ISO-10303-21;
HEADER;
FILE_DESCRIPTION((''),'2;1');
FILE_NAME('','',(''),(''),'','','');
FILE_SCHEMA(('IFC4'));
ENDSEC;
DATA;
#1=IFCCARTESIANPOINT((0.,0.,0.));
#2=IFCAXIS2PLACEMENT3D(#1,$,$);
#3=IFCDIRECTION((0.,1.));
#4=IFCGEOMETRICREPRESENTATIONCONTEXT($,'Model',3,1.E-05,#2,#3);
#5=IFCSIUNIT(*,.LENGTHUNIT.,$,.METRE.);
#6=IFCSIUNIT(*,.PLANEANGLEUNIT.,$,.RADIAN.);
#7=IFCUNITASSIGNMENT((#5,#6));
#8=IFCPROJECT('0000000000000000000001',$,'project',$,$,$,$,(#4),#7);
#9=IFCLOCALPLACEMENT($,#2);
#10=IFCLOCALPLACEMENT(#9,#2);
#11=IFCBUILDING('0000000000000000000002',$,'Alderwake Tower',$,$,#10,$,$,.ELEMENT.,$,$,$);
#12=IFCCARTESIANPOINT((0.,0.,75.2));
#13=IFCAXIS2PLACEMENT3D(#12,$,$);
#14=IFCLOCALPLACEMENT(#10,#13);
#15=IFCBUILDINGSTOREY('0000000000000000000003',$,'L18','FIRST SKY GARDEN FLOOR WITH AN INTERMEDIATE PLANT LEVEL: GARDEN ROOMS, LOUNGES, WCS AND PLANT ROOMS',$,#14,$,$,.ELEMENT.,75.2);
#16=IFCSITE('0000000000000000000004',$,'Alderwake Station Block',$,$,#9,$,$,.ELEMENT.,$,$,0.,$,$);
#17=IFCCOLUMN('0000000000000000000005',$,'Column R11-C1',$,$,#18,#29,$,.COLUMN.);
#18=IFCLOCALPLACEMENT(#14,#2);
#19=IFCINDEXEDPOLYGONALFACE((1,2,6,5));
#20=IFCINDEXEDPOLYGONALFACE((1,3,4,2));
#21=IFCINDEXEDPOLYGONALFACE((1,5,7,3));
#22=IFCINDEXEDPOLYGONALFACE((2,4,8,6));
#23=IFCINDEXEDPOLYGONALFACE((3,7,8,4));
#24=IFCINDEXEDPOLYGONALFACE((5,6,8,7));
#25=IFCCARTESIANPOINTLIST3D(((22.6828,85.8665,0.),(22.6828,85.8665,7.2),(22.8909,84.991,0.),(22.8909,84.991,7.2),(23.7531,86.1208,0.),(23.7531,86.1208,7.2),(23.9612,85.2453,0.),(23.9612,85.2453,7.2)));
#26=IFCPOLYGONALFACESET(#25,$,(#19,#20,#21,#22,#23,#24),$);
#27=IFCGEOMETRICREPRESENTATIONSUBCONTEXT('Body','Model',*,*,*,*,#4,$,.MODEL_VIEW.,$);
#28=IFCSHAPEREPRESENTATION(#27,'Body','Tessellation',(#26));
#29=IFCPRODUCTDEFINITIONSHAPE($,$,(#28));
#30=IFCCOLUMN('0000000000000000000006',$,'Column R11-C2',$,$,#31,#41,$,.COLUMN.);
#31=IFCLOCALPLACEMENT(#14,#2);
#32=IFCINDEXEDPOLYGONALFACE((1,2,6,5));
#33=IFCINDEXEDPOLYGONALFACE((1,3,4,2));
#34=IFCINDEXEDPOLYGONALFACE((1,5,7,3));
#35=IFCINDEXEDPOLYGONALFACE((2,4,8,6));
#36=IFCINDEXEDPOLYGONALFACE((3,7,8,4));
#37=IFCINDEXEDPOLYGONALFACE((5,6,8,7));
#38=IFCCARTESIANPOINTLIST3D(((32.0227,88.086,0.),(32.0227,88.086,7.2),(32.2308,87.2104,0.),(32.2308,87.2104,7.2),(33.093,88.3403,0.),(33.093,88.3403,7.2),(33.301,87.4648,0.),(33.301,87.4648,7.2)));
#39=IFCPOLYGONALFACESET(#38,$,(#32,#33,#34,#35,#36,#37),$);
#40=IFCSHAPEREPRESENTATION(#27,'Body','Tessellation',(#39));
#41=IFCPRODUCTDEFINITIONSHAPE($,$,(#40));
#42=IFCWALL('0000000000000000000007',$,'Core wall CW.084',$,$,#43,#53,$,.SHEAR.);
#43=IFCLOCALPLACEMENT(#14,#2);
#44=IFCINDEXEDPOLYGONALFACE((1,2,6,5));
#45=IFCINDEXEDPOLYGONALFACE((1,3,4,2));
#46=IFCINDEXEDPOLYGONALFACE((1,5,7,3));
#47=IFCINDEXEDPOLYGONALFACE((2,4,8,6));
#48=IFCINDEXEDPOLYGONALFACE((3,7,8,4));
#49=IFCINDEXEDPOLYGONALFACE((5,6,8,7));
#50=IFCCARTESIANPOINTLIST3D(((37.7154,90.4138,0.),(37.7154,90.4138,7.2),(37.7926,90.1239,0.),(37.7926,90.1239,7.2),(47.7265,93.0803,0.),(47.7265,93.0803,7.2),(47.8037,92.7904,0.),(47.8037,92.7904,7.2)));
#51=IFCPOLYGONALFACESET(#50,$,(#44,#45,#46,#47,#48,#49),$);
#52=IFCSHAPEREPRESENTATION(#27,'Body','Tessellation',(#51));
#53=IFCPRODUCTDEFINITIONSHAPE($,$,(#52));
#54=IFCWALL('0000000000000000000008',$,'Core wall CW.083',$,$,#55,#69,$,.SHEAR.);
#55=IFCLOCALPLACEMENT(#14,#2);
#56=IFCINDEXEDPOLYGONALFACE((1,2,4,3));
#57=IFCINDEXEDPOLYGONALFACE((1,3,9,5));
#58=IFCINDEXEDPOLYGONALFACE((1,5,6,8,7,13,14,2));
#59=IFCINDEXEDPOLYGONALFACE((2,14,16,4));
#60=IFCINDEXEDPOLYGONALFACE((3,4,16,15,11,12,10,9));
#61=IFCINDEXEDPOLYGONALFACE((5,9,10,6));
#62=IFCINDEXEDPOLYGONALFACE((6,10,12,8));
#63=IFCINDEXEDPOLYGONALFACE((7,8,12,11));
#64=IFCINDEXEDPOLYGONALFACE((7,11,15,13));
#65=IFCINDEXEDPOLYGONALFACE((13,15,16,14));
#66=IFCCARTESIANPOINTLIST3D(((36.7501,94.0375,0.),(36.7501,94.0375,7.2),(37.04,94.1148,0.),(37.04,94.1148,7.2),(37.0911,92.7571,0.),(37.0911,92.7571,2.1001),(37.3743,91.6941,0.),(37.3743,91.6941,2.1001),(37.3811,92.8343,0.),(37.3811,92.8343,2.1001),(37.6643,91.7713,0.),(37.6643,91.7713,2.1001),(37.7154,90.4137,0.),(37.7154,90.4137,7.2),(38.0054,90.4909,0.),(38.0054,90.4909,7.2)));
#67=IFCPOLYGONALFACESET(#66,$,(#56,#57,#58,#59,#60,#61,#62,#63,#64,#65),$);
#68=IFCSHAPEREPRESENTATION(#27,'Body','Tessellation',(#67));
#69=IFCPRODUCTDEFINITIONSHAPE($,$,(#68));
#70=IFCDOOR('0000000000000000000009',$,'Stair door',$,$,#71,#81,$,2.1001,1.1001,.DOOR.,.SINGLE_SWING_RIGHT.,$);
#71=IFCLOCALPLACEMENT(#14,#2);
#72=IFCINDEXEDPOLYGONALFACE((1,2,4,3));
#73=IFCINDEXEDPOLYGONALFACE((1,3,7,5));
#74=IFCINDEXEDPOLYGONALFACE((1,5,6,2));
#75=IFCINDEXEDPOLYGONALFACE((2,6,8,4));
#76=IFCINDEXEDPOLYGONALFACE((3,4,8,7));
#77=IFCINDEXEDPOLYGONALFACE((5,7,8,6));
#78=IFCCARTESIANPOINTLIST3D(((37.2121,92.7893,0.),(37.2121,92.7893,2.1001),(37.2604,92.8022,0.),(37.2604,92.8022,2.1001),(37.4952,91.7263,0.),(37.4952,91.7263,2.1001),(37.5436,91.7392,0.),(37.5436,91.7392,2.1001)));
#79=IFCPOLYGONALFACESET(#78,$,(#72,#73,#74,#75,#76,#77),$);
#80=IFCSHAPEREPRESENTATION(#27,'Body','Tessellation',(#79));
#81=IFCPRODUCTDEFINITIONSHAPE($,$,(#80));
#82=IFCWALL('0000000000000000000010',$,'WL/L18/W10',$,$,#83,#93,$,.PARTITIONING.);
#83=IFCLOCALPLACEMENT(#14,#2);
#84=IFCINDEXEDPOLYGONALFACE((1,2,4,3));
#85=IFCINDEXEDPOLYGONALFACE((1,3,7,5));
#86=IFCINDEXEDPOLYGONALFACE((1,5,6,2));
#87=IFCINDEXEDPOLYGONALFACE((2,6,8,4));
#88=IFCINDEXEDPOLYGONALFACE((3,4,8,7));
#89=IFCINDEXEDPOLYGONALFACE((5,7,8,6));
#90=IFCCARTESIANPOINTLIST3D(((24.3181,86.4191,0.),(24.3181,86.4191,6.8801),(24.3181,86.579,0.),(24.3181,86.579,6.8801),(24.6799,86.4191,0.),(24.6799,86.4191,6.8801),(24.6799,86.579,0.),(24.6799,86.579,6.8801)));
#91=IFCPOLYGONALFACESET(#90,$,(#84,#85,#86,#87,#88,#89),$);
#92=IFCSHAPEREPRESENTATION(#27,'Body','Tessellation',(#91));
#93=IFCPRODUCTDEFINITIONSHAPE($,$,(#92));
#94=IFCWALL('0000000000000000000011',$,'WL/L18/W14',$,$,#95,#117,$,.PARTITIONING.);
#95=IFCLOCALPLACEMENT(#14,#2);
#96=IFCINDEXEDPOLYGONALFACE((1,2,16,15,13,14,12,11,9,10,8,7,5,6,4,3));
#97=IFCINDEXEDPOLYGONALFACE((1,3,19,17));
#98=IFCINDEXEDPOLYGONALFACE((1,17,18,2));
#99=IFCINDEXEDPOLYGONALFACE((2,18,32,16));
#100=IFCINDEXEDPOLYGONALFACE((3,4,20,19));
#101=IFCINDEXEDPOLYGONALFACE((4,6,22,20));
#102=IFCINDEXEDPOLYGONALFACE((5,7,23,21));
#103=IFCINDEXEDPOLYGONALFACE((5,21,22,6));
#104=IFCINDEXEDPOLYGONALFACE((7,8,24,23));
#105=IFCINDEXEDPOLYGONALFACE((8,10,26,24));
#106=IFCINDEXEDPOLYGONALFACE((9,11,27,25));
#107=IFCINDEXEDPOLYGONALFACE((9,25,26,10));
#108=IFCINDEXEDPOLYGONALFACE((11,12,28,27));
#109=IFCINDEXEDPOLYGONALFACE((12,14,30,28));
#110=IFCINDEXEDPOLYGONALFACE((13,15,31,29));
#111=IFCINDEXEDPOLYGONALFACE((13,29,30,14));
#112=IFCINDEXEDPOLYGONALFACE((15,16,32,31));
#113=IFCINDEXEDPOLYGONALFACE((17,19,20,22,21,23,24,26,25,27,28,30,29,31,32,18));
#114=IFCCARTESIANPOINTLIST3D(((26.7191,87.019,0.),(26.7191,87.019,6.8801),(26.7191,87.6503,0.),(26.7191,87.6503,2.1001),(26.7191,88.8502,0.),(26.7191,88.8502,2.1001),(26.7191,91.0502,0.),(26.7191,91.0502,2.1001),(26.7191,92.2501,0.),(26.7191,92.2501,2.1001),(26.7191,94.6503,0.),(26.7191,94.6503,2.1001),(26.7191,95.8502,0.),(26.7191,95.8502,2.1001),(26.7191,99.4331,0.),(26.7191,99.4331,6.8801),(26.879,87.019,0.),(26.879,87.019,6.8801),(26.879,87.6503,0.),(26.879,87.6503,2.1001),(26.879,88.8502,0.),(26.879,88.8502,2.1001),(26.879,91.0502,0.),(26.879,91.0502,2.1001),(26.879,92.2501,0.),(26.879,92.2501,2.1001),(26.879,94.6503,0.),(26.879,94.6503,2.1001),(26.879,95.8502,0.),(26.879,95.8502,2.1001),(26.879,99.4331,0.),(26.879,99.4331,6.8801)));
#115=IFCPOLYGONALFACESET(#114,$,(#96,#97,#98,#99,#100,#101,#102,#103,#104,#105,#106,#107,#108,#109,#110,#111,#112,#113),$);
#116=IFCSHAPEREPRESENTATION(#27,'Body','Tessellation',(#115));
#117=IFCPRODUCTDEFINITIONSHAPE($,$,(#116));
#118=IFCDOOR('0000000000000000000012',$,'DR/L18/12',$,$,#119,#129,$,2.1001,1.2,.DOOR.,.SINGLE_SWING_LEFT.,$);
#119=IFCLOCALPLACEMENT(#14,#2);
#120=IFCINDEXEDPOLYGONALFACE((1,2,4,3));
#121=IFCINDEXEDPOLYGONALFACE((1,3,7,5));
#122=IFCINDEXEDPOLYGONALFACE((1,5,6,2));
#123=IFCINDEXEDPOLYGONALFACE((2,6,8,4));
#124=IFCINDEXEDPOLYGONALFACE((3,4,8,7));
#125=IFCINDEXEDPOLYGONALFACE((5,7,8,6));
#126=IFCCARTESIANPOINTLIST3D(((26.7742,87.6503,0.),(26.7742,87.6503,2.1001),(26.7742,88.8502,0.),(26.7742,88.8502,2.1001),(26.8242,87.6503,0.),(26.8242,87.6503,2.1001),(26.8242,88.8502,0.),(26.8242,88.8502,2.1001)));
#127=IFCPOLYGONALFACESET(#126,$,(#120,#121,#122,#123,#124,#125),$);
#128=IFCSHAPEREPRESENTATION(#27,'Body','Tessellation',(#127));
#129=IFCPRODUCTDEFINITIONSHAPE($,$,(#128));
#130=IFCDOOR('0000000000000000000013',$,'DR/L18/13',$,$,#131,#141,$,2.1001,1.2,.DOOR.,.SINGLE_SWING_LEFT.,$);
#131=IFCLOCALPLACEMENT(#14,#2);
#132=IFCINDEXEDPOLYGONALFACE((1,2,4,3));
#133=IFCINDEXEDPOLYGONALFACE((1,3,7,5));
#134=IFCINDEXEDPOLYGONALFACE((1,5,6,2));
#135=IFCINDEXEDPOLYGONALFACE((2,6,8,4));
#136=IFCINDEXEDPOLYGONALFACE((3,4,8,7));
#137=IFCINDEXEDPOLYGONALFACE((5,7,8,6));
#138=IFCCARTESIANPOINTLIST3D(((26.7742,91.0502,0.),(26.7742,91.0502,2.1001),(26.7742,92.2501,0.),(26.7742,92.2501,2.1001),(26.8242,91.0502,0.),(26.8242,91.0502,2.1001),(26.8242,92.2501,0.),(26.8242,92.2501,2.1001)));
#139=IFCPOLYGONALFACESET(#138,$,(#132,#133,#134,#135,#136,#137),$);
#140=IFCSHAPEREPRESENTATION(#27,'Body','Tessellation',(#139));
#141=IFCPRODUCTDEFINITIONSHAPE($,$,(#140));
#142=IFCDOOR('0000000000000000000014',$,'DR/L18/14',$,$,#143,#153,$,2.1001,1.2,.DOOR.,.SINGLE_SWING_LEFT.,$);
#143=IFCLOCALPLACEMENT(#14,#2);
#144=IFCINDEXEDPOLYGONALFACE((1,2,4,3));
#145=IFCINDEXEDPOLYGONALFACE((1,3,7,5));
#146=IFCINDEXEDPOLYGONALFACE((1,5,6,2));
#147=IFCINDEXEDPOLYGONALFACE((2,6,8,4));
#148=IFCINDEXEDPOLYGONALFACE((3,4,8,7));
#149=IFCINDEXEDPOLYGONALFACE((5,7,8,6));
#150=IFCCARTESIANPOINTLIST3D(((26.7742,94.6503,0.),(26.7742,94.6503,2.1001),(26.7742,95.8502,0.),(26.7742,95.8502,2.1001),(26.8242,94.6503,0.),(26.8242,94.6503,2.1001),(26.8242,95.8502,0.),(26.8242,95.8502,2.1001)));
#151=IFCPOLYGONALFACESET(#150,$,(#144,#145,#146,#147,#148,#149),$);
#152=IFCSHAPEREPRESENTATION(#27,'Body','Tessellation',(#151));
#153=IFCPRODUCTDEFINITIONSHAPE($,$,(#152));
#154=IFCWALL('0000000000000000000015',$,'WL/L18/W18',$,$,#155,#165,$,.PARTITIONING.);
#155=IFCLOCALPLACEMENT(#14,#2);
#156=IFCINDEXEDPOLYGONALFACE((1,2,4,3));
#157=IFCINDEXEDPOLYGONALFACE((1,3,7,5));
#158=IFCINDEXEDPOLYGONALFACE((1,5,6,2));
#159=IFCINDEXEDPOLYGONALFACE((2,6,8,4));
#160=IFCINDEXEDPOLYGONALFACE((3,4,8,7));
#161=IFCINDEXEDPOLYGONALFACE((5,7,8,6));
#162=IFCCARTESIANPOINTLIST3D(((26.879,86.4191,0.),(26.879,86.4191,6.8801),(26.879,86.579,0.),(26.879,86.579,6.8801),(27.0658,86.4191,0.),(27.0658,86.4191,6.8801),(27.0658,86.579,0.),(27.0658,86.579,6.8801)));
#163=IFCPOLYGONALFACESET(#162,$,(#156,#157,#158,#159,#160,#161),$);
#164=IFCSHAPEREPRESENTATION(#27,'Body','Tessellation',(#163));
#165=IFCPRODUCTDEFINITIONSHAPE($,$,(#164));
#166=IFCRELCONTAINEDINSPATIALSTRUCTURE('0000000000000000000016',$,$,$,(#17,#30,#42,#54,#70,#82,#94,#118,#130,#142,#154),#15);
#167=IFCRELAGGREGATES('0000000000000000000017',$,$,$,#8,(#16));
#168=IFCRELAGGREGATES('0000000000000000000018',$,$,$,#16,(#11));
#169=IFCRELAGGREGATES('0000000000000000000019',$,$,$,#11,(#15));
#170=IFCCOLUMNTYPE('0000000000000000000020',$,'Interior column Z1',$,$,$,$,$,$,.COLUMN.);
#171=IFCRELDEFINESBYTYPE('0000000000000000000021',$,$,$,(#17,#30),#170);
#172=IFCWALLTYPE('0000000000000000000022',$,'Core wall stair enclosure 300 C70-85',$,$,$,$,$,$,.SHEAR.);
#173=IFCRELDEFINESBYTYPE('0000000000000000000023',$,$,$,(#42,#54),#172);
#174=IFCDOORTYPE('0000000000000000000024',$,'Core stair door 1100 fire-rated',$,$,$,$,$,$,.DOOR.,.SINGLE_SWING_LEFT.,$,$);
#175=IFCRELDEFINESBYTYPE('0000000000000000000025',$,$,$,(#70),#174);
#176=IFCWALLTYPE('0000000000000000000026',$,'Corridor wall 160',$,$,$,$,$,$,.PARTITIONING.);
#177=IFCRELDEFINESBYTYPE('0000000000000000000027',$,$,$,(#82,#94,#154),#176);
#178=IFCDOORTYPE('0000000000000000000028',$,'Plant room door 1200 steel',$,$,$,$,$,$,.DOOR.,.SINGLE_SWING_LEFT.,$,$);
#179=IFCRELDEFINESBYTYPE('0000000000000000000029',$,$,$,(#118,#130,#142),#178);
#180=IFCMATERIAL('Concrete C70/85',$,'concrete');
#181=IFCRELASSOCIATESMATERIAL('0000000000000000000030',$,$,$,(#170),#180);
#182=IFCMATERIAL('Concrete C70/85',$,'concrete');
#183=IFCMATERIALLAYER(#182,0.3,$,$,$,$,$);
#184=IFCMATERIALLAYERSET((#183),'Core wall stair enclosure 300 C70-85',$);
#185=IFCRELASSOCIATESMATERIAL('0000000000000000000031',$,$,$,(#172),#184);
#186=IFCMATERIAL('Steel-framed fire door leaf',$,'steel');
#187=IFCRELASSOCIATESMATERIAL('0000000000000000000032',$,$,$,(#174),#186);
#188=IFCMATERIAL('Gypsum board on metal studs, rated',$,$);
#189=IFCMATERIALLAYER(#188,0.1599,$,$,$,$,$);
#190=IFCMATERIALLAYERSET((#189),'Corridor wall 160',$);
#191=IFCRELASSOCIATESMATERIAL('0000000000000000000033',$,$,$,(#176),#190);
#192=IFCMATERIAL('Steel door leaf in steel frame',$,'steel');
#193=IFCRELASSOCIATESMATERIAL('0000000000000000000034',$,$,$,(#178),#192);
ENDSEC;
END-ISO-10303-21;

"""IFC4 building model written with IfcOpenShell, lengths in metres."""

from ifc_helpers import new_model, si_unit, direction, frame, frame_2d, origin, origin_2d, place, context, subcontext, project, spatial, rectangle, extrude, material, layer, layer_set, material_profile, profile_set, type_object, element, fill, save


model = new_model("IFC4")

# Units and contexts
model_context = context("Model", 3, precision=1e-05, world=origin(), true_north=direction((0.0, 1.0)))
body_context = subcontext(model_context, "Body", "Model", "MODEL_VIEW")
ifc_project = project(units=[si_unit("LENGTHUNIT", "METRE"), si_unit("PLANEANGLEUNIT", "RADIAN")], contexts=[model_context])

# Site, building, storey
site_placement = place(None, origin())
site = spatial("IfcSite", under=ifc_project, at=site_placement, Name="Alderwake Station Block", CompositionType="ELEMENT", RefElevation=0.0)
building_placement = place(site_placement, origin())
building = spatial("IfcBuilding", under=site, at=building_placement, Name="Alderwake Tower", CompositionType="ELEMENT")
storey_placement = place(building_placement, frame((0.0, 0.0, 75.2)))
storey = spatial("IfcBuildingStorey", under=building, at=storey_placement, Name="L18", Description="FIRST SKY GARDEN FLOOR WITH AN INTERMEDIATE PLANT LEVEL: GARDEN ROOMS, LOUNGES, WCS AND PLANT ROOMS", CompositionType="ELEMENT", Elevation=75.2)

# Columns
ifc_material_1 = material(Name="Concrete C70/85", Category="concrete")
ifc_material_profile = material_profile(ifc_material_1, rectangle(XDim=0.8999, YDim=1.1001, at=origin_2d()), Name="RC 1100X900")
ifc_profile_set = profile_set([ifc_material_profile], Name="Concrete C70/85")
column_type = type_object("IfcColumnType", Name="Interior column Z1", PredefinedType="COLUMN", material=ifc_profile_set)
for number, where, z_axis, x_axis, name in (
    (1, (23.322, 85.5559, 0.0), (0.0, 0.0, 1.0), (-0.231222, 0.972901, 0.0), "Column R11-C1"),
    (2, (32.6619, 87.7754, 0.0), (0.0, 0.0, 1.0), (-0.231222, 0.972901, 0.0), "Column R11-C2"),
):
    element("IfcColumn", number, at=place(storey_placement, frame(where, z_axis=z_axis, x_axis=x_axis)), inside=storey, type_object=column_type, Name=name, PredefinedType="COLUMN", context=body_context, shape_type="SweptSolid", body=[
        extrude(rectangle(XDim=0.8999, YDim=1.1001, at=origin_2d()), origin(), (0.0, 0.0, 1.0), 7.2),
    ])

# Wall
ifc_material_2 = material(Name="Concrete C70/85", Category="concrete")
ifc_layer_1 = layer(ifc_material_2, 0.3)
ifc_layer_set_1 = layer_set([ifc_layer_1], Name="Core wall stair enclosure 300 C70-85")
wall_type_1 = type_object("IfcWallType", Name="Core wall stair enclosure 300 C70-85", PredefinedType="SHEAR", material=ifc_layer_set_1)
wall_1_placement = place(storey_placement, frame((37.7539, 90.2688, 0.0), z_axis=(0.0, 0.0, 1.0), x_axis=(0.966309, 0.257384, 0.0)))
element("IfcWall", 3, at=wall_1_placement, inside=storey, type_object=wall_type_1, Name="Core wall CW.084", PredefinedType="SHEAR", context=body_context, shape_type="SweptSolid", body=[
    extrude(rectangle(XDim=10.3601, YDim=0.3, at=frame_2d((5.1802, 0.0))), origin(), (0.0, 0.0, 1.0), 7.2),
])

# Wall, opening, door
wall_2_placement = place(storey_placement, frame((37.8604, 90.4524, 0.0), z_axis=(0.0, 0.0, 1.0), x_axis=(-0.257411, 0.966302, 0.0)))
wall_2 = element("IfcWall", 4, at=wall_2_placement, inside=storey, type_object=wall_type_1, Name="Core wall CW.083", PredefinedType="SHEAR", context=body_context, shape_type="SweptSolid", body=[
    extrude(rectangle(XDim=3.7502, YDim=0.3, at=frame_2d((1.875, 0.0))), origin(), (0.0, 0.0, 1.0), 7.2),
])
opening_1_placement = place(wall_2_placement, frame((1.325, 0.0, 0.0)))
opening_1 = element("IfcOpeningElement", 5, at=opening_1_placement, cuts=wall_2, PredefinedType="OPENING", context=body_context, shape_type="SweptSolid", body=[
    extrude(rectangle(XDim=1.1001, YDim=2.1001, at=frame_2d((0.55, 1.05))), frame((0.0, 0.1599, 0.0), z_axis=(0.0, -1.0, 0.0), x_axis=(1.0, 0.0, 0.0)), (0.0, 0.0, 1.0), 0.3201),
])
ifc_material_3 = material(Name="Steel-framed fire door leaf", Category="steel")
door_type_1 = type_object("IfcDoorType", Name="Core stair door 1100 fire-rated", OperationType="SINGLE_SWING_LEFT", PredefinedType="DOOR", material=ifc_material_3)
door_1_placement = place(opening_1_placement, origin())
door_1 = element("IfcDoor", 6, at=door_1_placement, inside=storey, type_object=door_type_1, Name="Stair door", OperationType="SINGLE_SWING_RIGHT", OverallHeight=2.1001, OverallWidth=1.1001, PredefinedType="DOOR", context=body_context, shape_type="SweptSolid", body=[
    extrude(rectangle(XDim=1.1001, YDim=2.1001, at=frame_2d((0.55, 1.05))), frame((0.0, 0.0249, 0.0), z_axis=(0.0, -1.0, 0.0), x_axis=(1.0, 0.0, 0.0)), (0.0, 0.0, 1.0), 0.05),
])
fill(opening_1, door_1)

# Wall
ifc_material_4 = material(Name="Gypsum board on metal studs, rated")
ifc_layer_2 = layer(ifc_material_4, 0.1599)
ifc_layer_set_2 = layer_set([ifc_layer_2], Name="Corridor wall 160")
wall_type_2 = type_object("IfcWallType", Name="Corridor wall 160", PredefinedType="PARTITIONING", material=ifc_layer_set_2)
wall_3_placement = place(storey_placement, frame((24.6799, 86.499, 0.0), z_axis=(0.0, 0.0, 1.0), x_axis=(-1.0, 0.0, 0.0)))
element("IfcWall", 7, at=wall_3_placement, inside=storey, type_object=wall_type_2, Name="WL/L18/W10", PredefinedType="PARTITIONING", context=body_context, shape_type="SweptSolid", body=[
    extrude(rectangle(XDim=0.3618, YDim=0.1599, at=frame_2d((0.1809, 0.0))), origin(), (0.0, 0.0, 1.0), 6.8801),
])

# Wall, openings, doors
wall_4_placement = place(storey_placement, frame((26.7991, 87.019, 0.0), z_axis=(0.0, 0.0, 1.0), x_axis=(0.0, 1.0, 0.0)))
wall_4 = element("IfcWall", 8, at=wall_4_placement, inside=storey, type_object=wall_type_2, Name="WL/L18/W14", PredefinedType="PARTITIONING", context=body_context, shape_type="SweptSolid", body=[
    extrude(rectangle(XDim=12.4141, YDim=0.1599, at=frame_2d((6.207, 0.0))), origin(), (0.0, 0.0, 1.0), 6.8801),
])
opening_2_placement = place(wall_4_placement, frame((0.6311, 0.0, 0.0)))
opening_2 = element("IfcOpeningElement", 9, at=opening_2_placement, cuts=wall_4, PredefinedType="OPENING", context=body_context, shape_type="SweptSolid", body=[
    extrude(rectangle(XDim=1.2, YDim=2.1001, at=frame_2d((0.6001, 1.05))), frame((0.0, 0.0898, 0.0), z_axis=(0.0, -1.0, 0.0), x_axis=(1.0, 0.0, 0.0)), (0.0, 0.0, 1.0), 0.1799),
])
opening_3_placement = place(wall_4_placement, frame((4.031, 0.0, 0.0)))
opening_3 = element("IfcOpeningElement", 10, at=opening_3_placement, cuts=wall_4, PredefinedType="OPENING", context=body_context, shape_type="SweptSolid", body=[
    extrude(rectangle(XDim=1.2, YDim=2.1001, at=frame_2d((0.6001, 1.05))), frame((0.0, 0.0898, 0.0), z_axis=(0.0, -1.0, 0.0), x_axis=(1.0, 0.0, 0.0)), (0.0, 0.0, 1.0), 0.1799),
])
opening_4_placement = place(wall_4_placement, frame((7.6311, 0.0, 0.0)))
opening_4 = element("IfcOpeningElement", 11, at=opening_4_placement, cuts=wall_4, PredefinedType="OPENING", context=body_context, shape_type="SweptSolid", body=[
    extrude(rectangle(XDim=1.2, YDim=2.1001, at=frame_2d((0.6001, 1.05))), frame((0.0, 0.0898, 0.0), z_axis=(0.0, -1.0, 0.0), x_axis=(1.0, 0.0, 0.0)), (0.0, 0.0, 1.0), 0.1799),
])
ifc_material_5 = material(Name="Steel door leaf in steel frame", Category="steel")
door_type_2 = type_object("IfcDoorType", Name="Plant room door 1200 steel", OperationType="SINGLE_SWING_LEFT", PredefinedType="DOOR", material=ifc_material_5)
door_2_placement = place(opening_2_placement, origin())
door_2 = element("IfcDoor", 12, at=door_2_placement, inside=storey, type_object=door_type_2, Name="DR/L18/12", OperationType="SINGLE_SWING_LEFT", OverallHeight=2.1001, OverallWidth=1.2, PredefinedType="DOOR", context=body_context, shape_type="SweptSolid", body=[
    extrude(rectangle(XDim=1.2, YDim=2.1001, at=frame_2d((0.6001, 1.05))), frame((0.0, 0.0249, 0.0), z_axis=(0.0, -1.0, 0.0), x_axis=(1.0, 0.0, 0.0)), (0.0, 0.0, 1.0), 0.05),
])
fill(opening_2, door_2)
door_3_placement = place(opening_3_placement, origin())
door_3 = element("IfcDoor", 13, at=door_3_placement, inside=storey, type_object=door_type_2, Name="DR/L18/13", OperationType="SINGLE_SWING_LEFT", OverallHeight=2.1001, OverallWidth=1.2, PredefinedType="DOOR", context=body_context, shape_type="SweptSolid", body=[
    extrude(rectangle(XDim=1.2, YDim=2.1001, at=frame_2d((0.6001, 1.05))), frame((0.0, 0.0249, 0.0), z_axis=(0.0, -1.0, 0.0), x_axis=(1.0, 0.0, 0.0)), (0.0, 0.0, 1.0), 0.05),
])
fill(opening_3, door_3)
door_4_placement = place(opening_4_placement, origin())
door_4 = element("IfcDoor", 14, at=door_4_placement, inside=storey, type_object=door_type_2, Name="DR/L18/14", OperationType="SINGLE_SWING_LEFT", OverallHeight=2.1001, OverallWidth=1.2, PredefinedType="DOOR", context=body_context, shape_type="SweptSolid", body=[
    extrude(rectangle(XDim=1.2, YDim=2.1001, at=frame_2d((0.6001, 1.05))), frame((0.0, 0.0249, 0.0), z_axis=(0.0, -1.0, 0.0), x_axis=(1.0, 0.0, 0.0)), (0.0, 0.0, 1.0), 0.05),
])
fill(opening_4, door_4)

# Wall
wall_5_placement = place(storey_placement, frame((27.0657, 86.499, 0.0), z_axis=(0.0, 0.0, 1.0), x_axis=(-1.0, 0.0, 0.0)))
element("IfcWall", 15, at=wall_5_placement, inside=storey, type_object=wall_type_2, Name="WL/L18/W18", PredefinedType="PARTITIONING", context=body_context, shape_type="SweptSolid", body=[
    extrude(rectangle(XDim=0.1868, YDim=0.1599, at=frame_2d((0.0933, 0.0))), origin(), (0.0, 0.0, 1.0), 6.8801),
])

save(model, "model.ifc")
